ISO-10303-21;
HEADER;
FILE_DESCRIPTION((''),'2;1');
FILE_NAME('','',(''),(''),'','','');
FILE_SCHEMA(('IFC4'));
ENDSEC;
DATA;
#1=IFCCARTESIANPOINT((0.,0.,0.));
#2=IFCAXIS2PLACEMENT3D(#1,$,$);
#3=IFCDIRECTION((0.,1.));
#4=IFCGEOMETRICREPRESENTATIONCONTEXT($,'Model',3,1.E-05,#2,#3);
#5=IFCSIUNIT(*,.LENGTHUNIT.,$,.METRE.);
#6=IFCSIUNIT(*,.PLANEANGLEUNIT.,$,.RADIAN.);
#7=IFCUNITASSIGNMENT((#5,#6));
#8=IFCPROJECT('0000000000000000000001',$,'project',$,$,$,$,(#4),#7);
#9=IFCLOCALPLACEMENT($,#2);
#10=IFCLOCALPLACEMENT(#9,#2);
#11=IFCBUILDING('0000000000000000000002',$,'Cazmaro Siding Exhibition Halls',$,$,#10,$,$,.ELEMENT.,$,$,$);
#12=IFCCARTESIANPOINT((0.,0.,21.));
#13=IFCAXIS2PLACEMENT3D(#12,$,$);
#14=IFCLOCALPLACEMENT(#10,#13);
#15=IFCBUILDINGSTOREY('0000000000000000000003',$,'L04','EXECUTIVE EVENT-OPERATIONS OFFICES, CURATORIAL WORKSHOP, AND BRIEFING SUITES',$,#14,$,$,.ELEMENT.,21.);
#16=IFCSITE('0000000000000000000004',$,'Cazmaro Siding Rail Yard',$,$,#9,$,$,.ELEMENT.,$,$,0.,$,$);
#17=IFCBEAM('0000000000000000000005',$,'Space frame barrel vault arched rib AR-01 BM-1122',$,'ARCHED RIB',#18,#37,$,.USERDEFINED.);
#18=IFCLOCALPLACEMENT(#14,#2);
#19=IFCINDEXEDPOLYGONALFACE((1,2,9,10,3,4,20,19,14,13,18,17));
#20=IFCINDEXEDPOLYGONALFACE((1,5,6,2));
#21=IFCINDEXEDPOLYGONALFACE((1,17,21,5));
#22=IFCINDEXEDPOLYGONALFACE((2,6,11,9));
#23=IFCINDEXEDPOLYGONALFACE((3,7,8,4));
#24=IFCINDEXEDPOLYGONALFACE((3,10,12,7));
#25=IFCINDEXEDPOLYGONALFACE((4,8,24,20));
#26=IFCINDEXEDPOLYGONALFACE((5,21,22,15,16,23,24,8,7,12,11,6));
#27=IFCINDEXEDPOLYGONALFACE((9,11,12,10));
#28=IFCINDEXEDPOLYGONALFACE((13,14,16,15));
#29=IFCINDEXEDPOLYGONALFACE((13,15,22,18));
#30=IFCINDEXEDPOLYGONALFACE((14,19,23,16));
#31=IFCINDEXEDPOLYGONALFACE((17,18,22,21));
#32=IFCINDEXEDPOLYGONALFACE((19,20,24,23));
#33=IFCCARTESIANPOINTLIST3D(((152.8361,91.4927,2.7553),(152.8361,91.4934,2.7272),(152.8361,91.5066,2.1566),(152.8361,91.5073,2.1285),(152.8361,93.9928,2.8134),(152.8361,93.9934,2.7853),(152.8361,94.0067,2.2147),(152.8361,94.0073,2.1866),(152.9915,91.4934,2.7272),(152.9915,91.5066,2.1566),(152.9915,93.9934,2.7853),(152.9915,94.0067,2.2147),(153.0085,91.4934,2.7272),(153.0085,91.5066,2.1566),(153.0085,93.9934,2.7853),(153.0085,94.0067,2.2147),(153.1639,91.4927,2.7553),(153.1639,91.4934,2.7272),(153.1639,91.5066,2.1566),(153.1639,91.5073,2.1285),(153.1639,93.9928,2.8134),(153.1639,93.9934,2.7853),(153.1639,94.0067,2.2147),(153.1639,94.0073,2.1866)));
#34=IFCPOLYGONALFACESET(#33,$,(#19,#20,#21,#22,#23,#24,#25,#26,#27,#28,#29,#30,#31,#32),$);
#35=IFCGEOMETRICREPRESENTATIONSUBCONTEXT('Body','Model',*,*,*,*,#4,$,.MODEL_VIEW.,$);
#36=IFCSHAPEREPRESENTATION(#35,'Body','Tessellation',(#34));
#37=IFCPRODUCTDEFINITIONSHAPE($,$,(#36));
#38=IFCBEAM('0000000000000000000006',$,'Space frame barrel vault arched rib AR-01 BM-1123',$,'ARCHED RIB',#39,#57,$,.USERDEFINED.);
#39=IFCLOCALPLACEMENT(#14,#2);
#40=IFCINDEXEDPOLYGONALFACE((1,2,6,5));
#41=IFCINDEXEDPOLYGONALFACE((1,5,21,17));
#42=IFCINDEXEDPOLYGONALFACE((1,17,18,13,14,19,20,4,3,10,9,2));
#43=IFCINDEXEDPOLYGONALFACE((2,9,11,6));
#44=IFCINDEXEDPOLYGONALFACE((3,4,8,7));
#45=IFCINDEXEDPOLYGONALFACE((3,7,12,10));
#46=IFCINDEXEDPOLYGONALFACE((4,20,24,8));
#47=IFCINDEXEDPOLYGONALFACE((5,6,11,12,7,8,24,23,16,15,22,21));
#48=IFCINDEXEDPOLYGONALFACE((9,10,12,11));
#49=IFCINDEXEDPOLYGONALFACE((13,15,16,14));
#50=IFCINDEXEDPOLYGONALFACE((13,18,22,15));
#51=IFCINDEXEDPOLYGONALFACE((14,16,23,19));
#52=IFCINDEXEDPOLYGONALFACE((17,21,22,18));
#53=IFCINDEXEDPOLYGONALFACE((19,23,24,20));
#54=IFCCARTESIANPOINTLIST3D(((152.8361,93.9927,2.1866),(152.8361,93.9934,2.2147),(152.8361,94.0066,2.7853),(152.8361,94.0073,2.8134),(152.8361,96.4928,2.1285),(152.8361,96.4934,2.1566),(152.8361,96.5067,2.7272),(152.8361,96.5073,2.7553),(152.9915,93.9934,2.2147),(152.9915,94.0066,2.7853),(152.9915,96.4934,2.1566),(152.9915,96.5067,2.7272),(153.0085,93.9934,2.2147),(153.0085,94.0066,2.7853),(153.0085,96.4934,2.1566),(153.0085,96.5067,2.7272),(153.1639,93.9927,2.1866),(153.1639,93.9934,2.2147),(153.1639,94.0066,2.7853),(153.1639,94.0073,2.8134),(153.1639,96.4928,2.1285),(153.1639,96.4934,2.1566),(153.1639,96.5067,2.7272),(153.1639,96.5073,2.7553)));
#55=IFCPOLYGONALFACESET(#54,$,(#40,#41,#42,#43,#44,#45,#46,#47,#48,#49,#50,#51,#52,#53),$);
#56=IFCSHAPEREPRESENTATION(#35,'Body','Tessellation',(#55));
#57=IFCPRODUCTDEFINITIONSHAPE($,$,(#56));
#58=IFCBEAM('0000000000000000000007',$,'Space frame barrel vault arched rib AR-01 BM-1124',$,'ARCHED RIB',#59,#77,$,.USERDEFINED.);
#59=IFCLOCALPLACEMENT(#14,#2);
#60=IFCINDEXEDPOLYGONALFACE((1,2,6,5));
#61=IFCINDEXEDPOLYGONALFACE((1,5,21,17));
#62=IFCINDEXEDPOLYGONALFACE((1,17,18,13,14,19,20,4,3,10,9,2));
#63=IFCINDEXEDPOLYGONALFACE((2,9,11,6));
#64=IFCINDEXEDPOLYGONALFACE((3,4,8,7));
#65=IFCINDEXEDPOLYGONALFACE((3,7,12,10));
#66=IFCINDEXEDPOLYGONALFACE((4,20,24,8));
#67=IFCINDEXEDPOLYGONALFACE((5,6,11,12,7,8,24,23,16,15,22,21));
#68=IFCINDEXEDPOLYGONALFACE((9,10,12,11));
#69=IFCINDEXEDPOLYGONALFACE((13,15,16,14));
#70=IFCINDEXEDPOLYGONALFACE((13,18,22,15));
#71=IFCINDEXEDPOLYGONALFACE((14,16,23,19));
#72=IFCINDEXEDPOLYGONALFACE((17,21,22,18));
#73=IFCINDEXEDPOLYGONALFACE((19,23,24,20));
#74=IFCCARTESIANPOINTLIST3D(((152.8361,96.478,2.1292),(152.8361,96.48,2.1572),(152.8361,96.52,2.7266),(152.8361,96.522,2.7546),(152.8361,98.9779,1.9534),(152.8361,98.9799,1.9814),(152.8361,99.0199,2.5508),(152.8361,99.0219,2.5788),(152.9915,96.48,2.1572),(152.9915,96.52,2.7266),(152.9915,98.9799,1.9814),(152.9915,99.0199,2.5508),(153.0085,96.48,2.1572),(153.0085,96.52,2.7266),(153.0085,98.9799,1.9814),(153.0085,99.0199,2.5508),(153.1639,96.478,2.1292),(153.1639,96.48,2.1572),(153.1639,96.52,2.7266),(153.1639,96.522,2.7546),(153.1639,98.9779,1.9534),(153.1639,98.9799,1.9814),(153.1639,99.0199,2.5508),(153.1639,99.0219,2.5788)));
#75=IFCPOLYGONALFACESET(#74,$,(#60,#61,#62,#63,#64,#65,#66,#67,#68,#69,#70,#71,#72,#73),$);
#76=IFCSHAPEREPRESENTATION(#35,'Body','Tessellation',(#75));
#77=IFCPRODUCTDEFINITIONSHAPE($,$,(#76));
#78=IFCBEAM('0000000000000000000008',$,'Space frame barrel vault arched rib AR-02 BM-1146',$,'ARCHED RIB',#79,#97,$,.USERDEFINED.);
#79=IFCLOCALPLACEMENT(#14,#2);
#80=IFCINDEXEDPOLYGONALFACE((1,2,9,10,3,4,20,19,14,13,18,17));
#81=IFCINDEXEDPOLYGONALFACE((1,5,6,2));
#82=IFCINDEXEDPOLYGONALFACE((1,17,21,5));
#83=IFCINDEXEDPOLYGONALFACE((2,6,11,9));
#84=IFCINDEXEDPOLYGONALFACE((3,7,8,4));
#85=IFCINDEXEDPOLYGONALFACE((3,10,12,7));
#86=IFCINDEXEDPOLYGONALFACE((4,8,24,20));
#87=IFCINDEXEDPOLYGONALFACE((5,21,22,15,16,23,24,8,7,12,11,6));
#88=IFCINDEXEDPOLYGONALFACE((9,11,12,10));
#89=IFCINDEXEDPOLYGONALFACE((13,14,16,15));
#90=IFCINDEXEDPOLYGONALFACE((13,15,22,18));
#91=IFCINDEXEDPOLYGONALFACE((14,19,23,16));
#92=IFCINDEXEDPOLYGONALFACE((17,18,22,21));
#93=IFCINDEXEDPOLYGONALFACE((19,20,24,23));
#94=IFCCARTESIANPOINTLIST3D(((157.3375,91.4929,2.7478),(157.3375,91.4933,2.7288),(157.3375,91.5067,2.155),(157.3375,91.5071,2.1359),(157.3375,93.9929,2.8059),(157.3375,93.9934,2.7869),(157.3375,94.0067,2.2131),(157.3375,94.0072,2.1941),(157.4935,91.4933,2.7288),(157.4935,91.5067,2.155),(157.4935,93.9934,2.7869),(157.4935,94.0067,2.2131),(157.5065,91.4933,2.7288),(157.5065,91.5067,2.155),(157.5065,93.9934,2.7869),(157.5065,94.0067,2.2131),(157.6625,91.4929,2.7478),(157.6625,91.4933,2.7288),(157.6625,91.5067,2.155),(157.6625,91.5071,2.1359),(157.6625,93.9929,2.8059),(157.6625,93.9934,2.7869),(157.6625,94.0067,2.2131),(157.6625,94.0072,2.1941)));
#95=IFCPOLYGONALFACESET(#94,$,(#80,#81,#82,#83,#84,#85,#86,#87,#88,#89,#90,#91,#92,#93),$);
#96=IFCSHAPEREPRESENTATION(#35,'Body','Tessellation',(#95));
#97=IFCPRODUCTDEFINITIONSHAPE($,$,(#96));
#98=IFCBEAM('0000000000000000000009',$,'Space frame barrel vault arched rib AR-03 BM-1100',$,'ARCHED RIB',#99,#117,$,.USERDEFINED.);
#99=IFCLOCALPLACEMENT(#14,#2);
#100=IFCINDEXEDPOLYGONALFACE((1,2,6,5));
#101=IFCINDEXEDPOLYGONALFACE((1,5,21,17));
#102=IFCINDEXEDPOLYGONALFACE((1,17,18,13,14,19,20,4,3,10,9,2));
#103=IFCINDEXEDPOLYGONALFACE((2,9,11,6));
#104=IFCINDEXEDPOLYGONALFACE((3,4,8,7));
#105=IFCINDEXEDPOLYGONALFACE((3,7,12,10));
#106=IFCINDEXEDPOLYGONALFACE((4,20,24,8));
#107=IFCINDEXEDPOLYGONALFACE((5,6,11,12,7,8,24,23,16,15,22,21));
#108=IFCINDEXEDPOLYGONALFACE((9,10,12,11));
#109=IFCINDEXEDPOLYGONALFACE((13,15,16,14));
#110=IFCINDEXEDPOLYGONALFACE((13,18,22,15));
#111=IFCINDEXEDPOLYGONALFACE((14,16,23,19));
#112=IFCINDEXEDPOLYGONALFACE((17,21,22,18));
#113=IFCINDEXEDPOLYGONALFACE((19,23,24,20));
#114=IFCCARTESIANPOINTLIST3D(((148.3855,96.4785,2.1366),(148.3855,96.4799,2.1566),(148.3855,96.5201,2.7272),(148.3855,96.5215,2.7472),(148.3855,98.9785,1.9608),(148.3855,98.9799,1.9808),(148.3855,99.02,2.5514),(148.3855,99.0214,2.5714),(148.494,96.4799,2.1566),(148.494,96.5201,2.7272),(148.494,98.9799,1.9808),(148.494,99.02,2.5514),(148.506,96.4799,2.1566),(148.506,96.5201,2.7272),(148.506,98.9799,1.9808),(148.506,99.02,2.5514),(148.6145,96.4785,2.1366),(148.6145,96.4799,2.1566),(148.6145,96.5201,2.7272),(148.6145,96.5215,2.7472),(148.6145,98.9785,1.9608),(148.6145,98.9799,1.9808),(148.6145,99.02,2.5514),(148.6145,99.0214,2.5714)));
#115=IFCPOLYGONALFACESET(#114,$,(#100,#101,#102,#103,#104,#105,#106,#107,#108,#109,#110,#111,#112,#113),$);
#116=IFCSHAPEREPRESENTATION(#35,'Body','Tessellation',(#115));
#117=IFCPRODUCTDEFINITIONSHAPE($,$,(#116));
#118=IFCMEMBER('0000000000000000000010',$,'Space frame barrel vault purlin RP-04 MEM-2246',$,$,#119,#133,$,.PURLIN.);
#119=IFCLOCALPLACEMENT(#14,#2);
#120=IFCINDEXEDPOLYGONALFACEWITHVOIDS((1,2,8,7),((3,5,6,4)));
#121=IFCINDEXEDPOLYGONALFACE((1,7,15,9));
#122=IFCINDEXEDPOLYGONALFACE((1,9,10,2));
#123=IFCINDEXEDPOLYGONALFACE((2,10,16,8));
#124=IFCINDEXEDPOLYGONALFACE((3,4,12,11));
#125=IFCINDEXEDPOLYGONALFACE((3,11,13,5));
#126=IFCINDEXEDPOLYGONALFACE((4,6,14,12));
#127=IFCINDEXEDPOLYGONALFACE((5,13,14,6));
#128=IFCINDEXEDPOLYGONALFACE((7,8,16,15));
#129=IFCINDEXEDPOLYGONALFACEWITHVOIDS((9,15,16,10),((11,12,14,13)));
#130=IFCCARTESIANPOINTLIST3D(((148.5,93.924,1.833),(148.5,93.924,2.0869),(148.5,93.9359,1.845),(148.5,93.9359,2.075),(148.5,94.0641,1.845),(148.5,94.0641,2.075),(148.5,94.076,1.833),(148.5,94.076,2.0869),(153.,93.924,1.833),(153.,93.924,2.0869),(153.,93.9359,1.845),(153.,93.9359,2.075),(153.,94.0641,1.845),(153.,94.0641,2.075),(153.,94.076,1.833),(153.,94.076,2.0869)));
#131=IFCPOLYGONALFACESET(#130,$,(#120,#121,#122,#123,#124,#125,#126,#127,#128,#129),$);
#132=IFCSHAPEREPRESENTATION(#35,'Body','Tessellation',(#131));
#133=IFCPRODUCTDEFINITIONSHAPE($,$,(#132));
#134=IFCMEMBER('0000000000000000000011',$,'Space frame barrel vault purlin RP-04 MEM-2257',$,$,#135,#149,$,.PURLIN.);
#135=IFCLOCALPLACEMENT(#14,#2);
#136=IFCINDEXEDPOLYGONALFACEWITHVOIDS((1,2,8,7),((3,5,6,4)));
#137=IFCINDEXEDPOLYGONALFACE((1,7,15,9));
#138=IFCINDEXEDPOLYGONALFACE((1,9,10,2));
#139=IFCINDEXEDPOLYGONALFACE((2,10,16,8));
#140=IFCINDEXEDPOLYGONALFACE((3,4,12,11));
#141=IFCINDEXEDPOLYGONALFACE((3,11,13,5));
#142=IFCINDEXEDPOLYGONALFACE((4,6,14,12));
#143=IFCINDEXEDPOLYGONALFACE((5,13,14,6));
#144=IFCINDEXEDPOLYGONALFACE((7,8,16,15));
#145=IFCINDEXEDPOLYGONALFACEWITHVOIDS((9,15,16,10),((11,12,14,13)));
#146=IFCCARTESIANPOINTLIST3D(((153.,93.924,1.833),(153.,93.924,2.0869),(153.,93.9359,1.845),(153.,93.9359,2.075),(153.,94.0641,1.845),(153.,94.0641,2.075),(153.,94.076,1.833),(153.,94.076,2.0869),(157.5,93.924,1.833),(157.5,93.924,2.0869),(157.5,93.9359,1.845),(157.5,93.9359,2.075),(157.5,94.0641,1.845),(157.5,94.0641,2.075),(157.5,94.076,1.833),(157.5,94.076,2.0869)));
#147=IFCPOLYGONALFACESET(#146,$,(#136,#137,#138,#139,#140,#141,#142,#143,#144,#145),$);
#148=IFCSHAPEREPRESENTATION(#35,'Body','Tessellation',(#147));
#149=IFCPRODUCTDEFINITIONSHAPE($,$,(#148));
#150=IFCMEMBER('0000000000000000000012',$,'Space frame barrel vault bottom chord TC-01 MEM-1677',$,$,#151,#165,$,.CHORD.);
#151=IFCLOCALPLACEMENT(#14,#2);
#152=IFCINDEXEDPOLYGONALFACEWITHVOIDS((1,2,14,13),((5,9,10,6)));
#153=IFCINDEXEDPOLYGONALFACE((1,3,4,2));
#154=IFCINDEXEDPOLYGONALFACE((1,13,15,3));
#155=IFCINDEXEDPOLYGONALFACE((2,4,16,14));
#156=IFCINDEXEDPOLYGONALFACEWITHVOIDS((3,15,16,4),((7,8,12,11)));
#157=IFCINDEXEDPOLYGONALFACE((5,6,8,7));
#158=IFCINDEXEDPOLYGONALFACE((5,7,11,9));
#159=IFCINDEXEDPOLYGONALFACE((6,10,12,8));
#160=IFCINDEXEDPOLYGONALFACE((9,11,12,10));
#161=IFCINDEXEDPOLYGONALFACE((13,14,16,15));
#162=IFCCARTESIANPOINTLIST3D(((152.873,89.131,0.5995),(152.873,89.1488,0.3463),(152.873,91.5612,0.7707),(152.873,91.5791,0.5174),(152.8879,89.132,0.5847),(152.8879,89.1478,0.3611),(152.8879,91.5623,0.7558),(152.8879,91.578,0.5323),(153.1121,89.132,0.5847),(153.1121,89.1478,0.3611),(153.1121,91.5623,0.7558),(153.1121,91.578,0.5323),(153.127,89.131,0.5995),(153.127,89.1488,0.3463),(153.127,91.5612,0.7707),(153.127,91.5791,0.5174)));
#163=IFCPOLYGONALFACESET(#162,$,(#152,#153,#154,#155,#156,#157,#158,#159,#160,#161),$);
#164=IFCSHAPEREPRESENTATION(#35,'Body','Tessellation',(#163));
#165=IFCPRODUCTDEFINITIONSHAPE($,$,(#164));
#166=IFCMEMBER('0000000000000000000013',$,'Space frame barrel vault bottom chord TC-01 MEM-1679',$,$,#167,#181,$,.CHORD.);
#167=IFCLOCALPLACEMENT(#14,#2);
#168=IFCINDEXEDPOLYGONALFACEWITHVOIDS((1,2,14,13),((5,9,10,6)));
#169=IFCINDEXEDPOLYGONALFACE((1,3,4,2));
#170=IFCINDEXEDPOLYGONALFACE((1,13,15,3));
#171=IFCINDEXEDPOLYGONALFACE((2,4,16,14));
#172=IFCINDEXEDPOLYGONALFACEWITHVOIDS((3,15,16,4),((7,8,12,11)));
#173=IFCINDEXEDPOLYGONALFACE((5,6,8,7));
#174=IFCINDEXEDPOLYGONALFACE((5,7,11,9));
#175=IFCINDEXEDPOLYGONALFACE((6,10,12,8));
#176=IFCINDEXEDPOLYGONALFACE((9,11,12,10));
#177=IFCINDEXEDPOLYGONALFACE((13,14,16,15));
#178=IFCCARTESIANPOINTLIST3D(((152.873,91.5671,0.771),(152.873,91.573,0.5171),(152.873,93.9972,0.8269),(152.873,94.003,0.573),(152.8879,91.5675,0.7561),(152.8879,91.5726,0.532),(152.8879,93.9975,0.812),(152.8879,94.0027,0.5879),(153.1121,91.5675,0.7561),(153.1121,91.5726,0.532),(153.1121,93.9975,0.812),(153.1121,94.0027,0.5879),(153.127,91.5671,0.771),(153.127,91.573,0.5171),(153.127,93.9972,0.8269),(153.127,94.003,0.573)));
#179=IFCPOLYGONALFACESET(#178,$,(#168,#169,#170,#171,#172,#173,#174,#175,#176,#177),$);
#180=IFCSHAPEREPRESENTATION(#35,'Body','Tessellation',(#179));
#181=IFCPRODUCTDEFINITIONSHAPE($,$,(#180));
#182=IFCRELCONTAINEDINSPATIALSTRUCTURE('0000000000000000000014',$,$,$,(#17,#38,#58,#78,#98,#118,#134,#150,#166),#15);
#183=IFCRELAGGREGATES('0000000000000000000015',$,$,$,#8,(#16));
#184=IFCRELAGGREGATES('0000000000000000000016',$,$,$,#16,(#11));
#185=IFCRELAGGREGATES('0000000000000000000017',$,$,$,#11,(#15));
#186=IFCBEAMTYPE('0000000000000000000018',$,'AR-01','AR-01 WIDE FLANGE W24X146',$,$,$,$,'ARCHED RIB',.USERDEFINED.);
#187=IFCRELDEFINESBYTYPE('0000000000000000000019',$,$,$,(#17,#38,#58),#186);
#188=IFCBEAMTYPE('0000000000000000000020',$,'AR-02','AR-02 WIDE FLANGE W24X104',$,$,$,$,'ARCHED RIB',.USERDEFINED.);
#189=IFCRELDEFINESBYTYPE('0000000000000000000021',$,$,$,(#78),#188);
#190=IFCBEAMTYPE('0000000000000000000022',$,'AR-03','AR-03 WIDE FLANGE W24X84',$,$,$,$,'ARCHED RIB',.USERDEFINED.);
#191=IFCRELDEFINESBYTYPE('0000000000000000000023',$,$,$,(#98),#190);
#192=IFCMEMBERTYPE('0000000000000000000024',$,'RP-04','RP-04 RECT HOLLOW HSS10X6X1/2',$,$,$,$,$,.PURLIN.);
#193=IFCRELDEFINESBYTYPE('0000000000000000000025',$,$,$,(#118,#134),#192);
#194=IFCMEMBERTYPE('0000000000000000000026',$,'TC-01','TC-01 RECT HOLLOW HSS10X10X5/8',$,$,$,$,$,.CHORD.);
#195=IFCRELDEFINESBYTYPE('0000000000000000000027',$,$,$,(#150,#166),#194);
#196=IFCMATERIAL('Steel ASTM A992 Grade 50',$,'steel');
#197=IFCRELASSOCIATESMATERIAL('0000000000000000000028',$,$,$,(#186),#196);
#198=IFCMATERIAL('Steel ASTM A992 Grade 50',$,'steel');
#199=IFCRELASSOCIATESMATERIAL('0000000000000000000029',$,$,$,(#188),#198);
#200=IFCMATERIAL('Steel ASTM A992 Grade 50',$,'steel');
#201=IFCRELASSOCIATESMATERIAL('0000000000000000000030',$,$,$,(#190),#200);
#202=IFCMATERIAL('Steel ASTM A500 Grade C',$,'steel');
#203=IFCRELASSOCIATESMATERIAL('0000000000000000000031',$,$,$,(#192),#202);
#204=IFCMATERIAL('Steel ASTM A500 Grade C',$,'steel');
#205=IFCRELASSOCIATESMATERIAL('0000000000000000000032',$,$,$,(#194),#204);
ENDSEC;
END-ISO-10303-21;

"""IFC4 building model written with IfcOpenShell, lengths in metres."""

from ifc_helpers import new_model, si_unit, direction, frame, origin, origin_2d, place, context, subcontext, project, spatial, hollow_rectangle, i_section, extrude, material, material_profile, profile_set, type_object, element, save


model = new_model("IFC4")

# Units and contexts
model_context = context("Model", 3, precision=1e-05, world=origin(), true_north=direction((0.0, 1.0)))
body_context = subcontext(model_context, "Body", "Model", "MODEL_VIEW")
ifc_project = project(units=[si_unit("LENGTHUNIT", "METRE"), si_unit("PLANEANGLEUNIT", "RADIAN")], contexts=[model_context])

# Site, building, storey
site_placement = place(None, origin())
site = spatial("IfcSite", under=ifc_project, at=site_placement, Name="Cazmaro Siding Rail Yard", CompositionType="ELEMENT", RefElevation=0.0)
building_placement = place(site_placement, origin())
building = spatial("IfcBuilding", under=site, at=building_placement, Name="Cazmaro Siding Exhibition Halls", CompositionType="ELEMENT")
storey_placement = place(building_placement, frame((0.0, 0.0, 21.0)))
storey = spatial("IfcBuildingStorey", under=building, at=storey_placement, Name="L04", Description="EXECUTIVE EVENT-OPERATIONS OFFICES, CURATORIAL WORKSHOP, AND BRIEFING SUITES", CompositionType="ELEMENT", Elevation=21.0)

# Beams
ifc_material_1 = material(Name="Steel ASTM A992 Grade 50", Category="steel")
ifc_material_profile_1 = material_profile(ifc_material_1, i_section(OverallWidth=0.3279, OverallDepth=0.627, WebThickness=0.0171, FlangeThickness=0.0281, at=origin_2d()), Name="W24X146")
ifc_profile_set_1 = profile_set([ifc_material_profile_1], Name="Steel ASTM A992 Grade 50")
beam_type_1 = type_object("IfcBeamType", Name="AR-01", Description="AR-01 WIDE FLANGE W24X146", ElementType="ARCHED RIB", PredefinedType="USERDEFINED", material=ifc_profile_set_1)
for number, where, z_axis, x_axis, name in (
    (1, (153.0, 91.5, 2.4419), (0.0, 0.99973, 0.023236), (-1.0, 0.0, 0.0), "Space frame barrel vault arched rib AR-01 BM-1122"),
    (2, (153.0, 94.0, 2.5), (0.0, 0.99973, -0.023236), (-1.0, 0.0, 0.0), "Space frame barrel vault arched rib AR-01 BM-1123"),
):
    element("IfcBeam", number, at=place(storey_placement, frame(where, z_axis=z_axis, x_axis=x_axis)), inside=storey, type_object=beam_type_1, Name=name, ObjectType="ARCHED RIB", PredefinedType="USERDEFINED", context=body_context, shape_type="SweptSolid", body=[
        extrude(i_section(OverallWidth=0.3279, OverallDepth=0.627, WebThickness=0.0171, FlangeThickness=0.0281, at=origin_2d()), origin(), (0.0, 0.0, 1.0), 2.5007),
    ])
beam_1_placement = place(storey_placement, frame((153.0, 96.5, 2.4419), z_axis=(0.0, 0.997537, -0.070139), x_axis=(-1.0, 0.0, 0.0)))
element("IfcBeam", 3, at=beam_1_placement, inside=storey, type_object=beam_type_1, Name="Space frame barrel vault arched rib AR-01 BM-1124", ObjectType="ARCHED RIB", PredefinedType="USERDEFINED", context=body_context, shape_type="SweptSolid", body=[
    extrude(i_section(OverallWidth=0.3279, OverallDepth=0.627, WebThickness=0.0171, FlangeThickness=0.0281, at=origin_2d()), origin(), (0.0, 0.0, 1.0), 2.5061),
])
ifc_material_2 = material(Name="Steel ASTM A992 Grade 50", Category="steel")
ifc_material_profile_2 = material_profile(ifc_material_2, i_section(OverallWidth=0.325, OverallDepth=0.6121, WebThickness=0.0129, FlangeThickness=0.019, at=origin_2d()), Name="W24X104")
ifc_profile_set_2 = profile_set([ifc_material_profile_2], Name="Steel ASTM A992 Grade 50")
beam_type_2 = type_object("IfcBeamType", Name="AR-02", Description="AR-02 WIDE FLANGE W24X104", ElementType="ARCHED RIB", PredefinedType="USERDEFINED", material=ifc_profile_set_2)
beam_2_placement = place(storey_placement, frame((157.5, 91.5, 2.4419), z_axis=(0.0, 0.99973, 0.023236), x_axis=(-1.0, 0.0, 0.0)))
element("IfcBeam", 4, at=beam_2_placement, inside=storey, type_object=beam_type_2, Name="Space frame barrel vault arched rib AR-02 BM-1146", ObjectType="ARCHED RIB", PredefinedType="USERDEFINED", context=body_context, shape_type="SweptSolid", body=[
    extrude(i_section(OverallWidth=0.325, OverallDepth=0.6121, WebThickness=0.0129, FlangeThickness=0.019, at=origin_2d()), origin(), (0.0, 0.0, 1.0), 2.5007),
])
ifc_material_3 = material(Name="Steel ASTM A992 Grade 50", Category="steel")
ifc_material_profile_3 = material_profile(ifc_material_3, i_section(OverallWidth=0.229, OverallDepth=0.6121, WebThickness=0.012, FlangeThickness=0.02, at=origin_2d()), Name="W24X84")
ifc_profile_set_3 = profile_set([ifc_material_profile_3], Name="Steel ASTM A992 Grade 50")
beam_type_3 = type_object("IfcBeamType", Name="AR-03", Description="AR-03 WIDE FLANGE W24X84", ElementType="ARCHED RIB", PredefinedType="USERDEFINED", material=ifc_profile_set_3)
beam_3_placement = place(storey_placement, frame((148.5, 96.5, 2.4419), z_axis=(0.0, 0.997537, -0.070139), x_axis=(-1.0, 0.0, 0.0)))
element("IfcBeam", 5, at=beam_3_placement, inside=storey, type_object=beam_type_3, Name="Space frame barrel vault arched rib AR-03 BM-1100", ObjectType="ARCHED RIB", PredefinedType="USERDEFINED", context=body_context, shape_type="SweptSolid", body=[
    extrude(i_section(OverallWidth=0.229, OverallDepth=0.6121, WebThickness=0.012, FlangeThickness=0.02, at=origin_2d()), origin(), (0.0, 0.0, 1.0), 2.5061),
])

# Members
ifc_material_4 = material(Name="Steel ASTM A500 Grade C", Category="steel")
ifc_material_profile_4 = material_profile(ifc_material_4, hollow_rectangle(XDim=0.1521, YDim=0.2539, WallThickness=0.012, at=origin_2d()), Name="HSS10X6X1/2")
ifc_profile_set_4 = profile_set([ifc_material_profile_4], Name="Steel ASTM A500 Grade C")
member_type_1 = type_object("IfcMemberType", Name="RP-04", Description="RP-04 RECT HOLLOW HSS10X6X1/2", PredefinedType="PURLIN", material=ifc_profile_set_4)
for number, where, z_axis, x_axis, name in (
    (6, (148.5, 94.0, 1.96), (1.0, 0.0, 0.0), (0.0, 1.0, 0.0), "Space frame barrel vault purlin RP-04 MEM-2246"),
    (7, (153.0, 94.0, 1.96), (1.0, 0.0, 0.0), (0.0, 1.0, 0.0), "Space frame barrel vault purlin RP-04 MEM-2257"),
):
    element("IfcMember", number, at=place(storey_placement, frame(where, z_axis=z_axis, x_axis=x_axis)), inside=storey, type_object=member_type_1, Name=name, PredefinedType="PURLIN", context=body_context, shape_type="SweptSolid", body=[
        extrude(hollow_rectangle(XDim=0.1521, YDim=0.2539, WallThickness=0.012, at=origin_2d()), origin(), (0.0, 0.0, 1.0), 4.5),
    ])
ifc_material_5 = material(Name="Steel ASTM A500 Grade C", Category="steel")
ifc_material_profile_5 = material_profile(ifc_material_5, hollow_rectangle(XDim=0.2539, YDim=0.2539, WallThickness=0.0149, at=origin_2d()), Name="HSS10X10X5/8")
ifc_profile_set_5 = profile_set([ifc_material_profile_5], Name="Steel ASTM A500 Grade C")
member_type_2 = type_object("IfcMemberType", Name="TC-01", Description="TC-01 RECT HOLLOW HSS10X10X5/8", PredefinedType="CHORD", material=ifc_profile_set_5)
member_1_placement = place(storey_placement, frame((153.0, 89.1399, 0.4729), z_axis=(0.0, 0.997529, 0.07025), x_axis=(-1.0, 0.0, 0.0)))
element("IfcMember", 8, at=member_1_placement, inside=storey, type_object=member_type_2, Name="Space frame barrel vault bottom chord TC-01 MEM-1677", PredefinedType="CHORD", context=body_context, shape_type="SweptSolid", body=[
    extrude(hollow_rectangle(XDim=0.2539, YDim=0.2539, WallThickness=0.0149, at=origin_2d()), origin(), (0.0, 0.0, 1.0), 2.4363),
])
for number, where, z_axis, x_axis, name in (
    (9, (153.0, 91.5701, 0.644), (0.0, 0.999735, 0.023002), (-1.0, 0.0, 0.0), "Space frame barrel vault bottom chord TC-01 MEM-1679"),
):
    element("IfcMember", number, at=place(storey_placement, frame(where, z_axis=z_axis, x_axis=x_axis)), inside=storey, type_object=member_type_2, Name=name, PredefinedType="CHORD", context=body_context, shape_type="SweptSolid", body=[
        extrude(hollow_rectangle(XDim=0.2539, YDim=0.2539, WallThickness=0.0149, at=origin_2d()), origin(), (0.0, 0.0, 1.0), 2.4307),
    ])

save(model, "model.ifc")
